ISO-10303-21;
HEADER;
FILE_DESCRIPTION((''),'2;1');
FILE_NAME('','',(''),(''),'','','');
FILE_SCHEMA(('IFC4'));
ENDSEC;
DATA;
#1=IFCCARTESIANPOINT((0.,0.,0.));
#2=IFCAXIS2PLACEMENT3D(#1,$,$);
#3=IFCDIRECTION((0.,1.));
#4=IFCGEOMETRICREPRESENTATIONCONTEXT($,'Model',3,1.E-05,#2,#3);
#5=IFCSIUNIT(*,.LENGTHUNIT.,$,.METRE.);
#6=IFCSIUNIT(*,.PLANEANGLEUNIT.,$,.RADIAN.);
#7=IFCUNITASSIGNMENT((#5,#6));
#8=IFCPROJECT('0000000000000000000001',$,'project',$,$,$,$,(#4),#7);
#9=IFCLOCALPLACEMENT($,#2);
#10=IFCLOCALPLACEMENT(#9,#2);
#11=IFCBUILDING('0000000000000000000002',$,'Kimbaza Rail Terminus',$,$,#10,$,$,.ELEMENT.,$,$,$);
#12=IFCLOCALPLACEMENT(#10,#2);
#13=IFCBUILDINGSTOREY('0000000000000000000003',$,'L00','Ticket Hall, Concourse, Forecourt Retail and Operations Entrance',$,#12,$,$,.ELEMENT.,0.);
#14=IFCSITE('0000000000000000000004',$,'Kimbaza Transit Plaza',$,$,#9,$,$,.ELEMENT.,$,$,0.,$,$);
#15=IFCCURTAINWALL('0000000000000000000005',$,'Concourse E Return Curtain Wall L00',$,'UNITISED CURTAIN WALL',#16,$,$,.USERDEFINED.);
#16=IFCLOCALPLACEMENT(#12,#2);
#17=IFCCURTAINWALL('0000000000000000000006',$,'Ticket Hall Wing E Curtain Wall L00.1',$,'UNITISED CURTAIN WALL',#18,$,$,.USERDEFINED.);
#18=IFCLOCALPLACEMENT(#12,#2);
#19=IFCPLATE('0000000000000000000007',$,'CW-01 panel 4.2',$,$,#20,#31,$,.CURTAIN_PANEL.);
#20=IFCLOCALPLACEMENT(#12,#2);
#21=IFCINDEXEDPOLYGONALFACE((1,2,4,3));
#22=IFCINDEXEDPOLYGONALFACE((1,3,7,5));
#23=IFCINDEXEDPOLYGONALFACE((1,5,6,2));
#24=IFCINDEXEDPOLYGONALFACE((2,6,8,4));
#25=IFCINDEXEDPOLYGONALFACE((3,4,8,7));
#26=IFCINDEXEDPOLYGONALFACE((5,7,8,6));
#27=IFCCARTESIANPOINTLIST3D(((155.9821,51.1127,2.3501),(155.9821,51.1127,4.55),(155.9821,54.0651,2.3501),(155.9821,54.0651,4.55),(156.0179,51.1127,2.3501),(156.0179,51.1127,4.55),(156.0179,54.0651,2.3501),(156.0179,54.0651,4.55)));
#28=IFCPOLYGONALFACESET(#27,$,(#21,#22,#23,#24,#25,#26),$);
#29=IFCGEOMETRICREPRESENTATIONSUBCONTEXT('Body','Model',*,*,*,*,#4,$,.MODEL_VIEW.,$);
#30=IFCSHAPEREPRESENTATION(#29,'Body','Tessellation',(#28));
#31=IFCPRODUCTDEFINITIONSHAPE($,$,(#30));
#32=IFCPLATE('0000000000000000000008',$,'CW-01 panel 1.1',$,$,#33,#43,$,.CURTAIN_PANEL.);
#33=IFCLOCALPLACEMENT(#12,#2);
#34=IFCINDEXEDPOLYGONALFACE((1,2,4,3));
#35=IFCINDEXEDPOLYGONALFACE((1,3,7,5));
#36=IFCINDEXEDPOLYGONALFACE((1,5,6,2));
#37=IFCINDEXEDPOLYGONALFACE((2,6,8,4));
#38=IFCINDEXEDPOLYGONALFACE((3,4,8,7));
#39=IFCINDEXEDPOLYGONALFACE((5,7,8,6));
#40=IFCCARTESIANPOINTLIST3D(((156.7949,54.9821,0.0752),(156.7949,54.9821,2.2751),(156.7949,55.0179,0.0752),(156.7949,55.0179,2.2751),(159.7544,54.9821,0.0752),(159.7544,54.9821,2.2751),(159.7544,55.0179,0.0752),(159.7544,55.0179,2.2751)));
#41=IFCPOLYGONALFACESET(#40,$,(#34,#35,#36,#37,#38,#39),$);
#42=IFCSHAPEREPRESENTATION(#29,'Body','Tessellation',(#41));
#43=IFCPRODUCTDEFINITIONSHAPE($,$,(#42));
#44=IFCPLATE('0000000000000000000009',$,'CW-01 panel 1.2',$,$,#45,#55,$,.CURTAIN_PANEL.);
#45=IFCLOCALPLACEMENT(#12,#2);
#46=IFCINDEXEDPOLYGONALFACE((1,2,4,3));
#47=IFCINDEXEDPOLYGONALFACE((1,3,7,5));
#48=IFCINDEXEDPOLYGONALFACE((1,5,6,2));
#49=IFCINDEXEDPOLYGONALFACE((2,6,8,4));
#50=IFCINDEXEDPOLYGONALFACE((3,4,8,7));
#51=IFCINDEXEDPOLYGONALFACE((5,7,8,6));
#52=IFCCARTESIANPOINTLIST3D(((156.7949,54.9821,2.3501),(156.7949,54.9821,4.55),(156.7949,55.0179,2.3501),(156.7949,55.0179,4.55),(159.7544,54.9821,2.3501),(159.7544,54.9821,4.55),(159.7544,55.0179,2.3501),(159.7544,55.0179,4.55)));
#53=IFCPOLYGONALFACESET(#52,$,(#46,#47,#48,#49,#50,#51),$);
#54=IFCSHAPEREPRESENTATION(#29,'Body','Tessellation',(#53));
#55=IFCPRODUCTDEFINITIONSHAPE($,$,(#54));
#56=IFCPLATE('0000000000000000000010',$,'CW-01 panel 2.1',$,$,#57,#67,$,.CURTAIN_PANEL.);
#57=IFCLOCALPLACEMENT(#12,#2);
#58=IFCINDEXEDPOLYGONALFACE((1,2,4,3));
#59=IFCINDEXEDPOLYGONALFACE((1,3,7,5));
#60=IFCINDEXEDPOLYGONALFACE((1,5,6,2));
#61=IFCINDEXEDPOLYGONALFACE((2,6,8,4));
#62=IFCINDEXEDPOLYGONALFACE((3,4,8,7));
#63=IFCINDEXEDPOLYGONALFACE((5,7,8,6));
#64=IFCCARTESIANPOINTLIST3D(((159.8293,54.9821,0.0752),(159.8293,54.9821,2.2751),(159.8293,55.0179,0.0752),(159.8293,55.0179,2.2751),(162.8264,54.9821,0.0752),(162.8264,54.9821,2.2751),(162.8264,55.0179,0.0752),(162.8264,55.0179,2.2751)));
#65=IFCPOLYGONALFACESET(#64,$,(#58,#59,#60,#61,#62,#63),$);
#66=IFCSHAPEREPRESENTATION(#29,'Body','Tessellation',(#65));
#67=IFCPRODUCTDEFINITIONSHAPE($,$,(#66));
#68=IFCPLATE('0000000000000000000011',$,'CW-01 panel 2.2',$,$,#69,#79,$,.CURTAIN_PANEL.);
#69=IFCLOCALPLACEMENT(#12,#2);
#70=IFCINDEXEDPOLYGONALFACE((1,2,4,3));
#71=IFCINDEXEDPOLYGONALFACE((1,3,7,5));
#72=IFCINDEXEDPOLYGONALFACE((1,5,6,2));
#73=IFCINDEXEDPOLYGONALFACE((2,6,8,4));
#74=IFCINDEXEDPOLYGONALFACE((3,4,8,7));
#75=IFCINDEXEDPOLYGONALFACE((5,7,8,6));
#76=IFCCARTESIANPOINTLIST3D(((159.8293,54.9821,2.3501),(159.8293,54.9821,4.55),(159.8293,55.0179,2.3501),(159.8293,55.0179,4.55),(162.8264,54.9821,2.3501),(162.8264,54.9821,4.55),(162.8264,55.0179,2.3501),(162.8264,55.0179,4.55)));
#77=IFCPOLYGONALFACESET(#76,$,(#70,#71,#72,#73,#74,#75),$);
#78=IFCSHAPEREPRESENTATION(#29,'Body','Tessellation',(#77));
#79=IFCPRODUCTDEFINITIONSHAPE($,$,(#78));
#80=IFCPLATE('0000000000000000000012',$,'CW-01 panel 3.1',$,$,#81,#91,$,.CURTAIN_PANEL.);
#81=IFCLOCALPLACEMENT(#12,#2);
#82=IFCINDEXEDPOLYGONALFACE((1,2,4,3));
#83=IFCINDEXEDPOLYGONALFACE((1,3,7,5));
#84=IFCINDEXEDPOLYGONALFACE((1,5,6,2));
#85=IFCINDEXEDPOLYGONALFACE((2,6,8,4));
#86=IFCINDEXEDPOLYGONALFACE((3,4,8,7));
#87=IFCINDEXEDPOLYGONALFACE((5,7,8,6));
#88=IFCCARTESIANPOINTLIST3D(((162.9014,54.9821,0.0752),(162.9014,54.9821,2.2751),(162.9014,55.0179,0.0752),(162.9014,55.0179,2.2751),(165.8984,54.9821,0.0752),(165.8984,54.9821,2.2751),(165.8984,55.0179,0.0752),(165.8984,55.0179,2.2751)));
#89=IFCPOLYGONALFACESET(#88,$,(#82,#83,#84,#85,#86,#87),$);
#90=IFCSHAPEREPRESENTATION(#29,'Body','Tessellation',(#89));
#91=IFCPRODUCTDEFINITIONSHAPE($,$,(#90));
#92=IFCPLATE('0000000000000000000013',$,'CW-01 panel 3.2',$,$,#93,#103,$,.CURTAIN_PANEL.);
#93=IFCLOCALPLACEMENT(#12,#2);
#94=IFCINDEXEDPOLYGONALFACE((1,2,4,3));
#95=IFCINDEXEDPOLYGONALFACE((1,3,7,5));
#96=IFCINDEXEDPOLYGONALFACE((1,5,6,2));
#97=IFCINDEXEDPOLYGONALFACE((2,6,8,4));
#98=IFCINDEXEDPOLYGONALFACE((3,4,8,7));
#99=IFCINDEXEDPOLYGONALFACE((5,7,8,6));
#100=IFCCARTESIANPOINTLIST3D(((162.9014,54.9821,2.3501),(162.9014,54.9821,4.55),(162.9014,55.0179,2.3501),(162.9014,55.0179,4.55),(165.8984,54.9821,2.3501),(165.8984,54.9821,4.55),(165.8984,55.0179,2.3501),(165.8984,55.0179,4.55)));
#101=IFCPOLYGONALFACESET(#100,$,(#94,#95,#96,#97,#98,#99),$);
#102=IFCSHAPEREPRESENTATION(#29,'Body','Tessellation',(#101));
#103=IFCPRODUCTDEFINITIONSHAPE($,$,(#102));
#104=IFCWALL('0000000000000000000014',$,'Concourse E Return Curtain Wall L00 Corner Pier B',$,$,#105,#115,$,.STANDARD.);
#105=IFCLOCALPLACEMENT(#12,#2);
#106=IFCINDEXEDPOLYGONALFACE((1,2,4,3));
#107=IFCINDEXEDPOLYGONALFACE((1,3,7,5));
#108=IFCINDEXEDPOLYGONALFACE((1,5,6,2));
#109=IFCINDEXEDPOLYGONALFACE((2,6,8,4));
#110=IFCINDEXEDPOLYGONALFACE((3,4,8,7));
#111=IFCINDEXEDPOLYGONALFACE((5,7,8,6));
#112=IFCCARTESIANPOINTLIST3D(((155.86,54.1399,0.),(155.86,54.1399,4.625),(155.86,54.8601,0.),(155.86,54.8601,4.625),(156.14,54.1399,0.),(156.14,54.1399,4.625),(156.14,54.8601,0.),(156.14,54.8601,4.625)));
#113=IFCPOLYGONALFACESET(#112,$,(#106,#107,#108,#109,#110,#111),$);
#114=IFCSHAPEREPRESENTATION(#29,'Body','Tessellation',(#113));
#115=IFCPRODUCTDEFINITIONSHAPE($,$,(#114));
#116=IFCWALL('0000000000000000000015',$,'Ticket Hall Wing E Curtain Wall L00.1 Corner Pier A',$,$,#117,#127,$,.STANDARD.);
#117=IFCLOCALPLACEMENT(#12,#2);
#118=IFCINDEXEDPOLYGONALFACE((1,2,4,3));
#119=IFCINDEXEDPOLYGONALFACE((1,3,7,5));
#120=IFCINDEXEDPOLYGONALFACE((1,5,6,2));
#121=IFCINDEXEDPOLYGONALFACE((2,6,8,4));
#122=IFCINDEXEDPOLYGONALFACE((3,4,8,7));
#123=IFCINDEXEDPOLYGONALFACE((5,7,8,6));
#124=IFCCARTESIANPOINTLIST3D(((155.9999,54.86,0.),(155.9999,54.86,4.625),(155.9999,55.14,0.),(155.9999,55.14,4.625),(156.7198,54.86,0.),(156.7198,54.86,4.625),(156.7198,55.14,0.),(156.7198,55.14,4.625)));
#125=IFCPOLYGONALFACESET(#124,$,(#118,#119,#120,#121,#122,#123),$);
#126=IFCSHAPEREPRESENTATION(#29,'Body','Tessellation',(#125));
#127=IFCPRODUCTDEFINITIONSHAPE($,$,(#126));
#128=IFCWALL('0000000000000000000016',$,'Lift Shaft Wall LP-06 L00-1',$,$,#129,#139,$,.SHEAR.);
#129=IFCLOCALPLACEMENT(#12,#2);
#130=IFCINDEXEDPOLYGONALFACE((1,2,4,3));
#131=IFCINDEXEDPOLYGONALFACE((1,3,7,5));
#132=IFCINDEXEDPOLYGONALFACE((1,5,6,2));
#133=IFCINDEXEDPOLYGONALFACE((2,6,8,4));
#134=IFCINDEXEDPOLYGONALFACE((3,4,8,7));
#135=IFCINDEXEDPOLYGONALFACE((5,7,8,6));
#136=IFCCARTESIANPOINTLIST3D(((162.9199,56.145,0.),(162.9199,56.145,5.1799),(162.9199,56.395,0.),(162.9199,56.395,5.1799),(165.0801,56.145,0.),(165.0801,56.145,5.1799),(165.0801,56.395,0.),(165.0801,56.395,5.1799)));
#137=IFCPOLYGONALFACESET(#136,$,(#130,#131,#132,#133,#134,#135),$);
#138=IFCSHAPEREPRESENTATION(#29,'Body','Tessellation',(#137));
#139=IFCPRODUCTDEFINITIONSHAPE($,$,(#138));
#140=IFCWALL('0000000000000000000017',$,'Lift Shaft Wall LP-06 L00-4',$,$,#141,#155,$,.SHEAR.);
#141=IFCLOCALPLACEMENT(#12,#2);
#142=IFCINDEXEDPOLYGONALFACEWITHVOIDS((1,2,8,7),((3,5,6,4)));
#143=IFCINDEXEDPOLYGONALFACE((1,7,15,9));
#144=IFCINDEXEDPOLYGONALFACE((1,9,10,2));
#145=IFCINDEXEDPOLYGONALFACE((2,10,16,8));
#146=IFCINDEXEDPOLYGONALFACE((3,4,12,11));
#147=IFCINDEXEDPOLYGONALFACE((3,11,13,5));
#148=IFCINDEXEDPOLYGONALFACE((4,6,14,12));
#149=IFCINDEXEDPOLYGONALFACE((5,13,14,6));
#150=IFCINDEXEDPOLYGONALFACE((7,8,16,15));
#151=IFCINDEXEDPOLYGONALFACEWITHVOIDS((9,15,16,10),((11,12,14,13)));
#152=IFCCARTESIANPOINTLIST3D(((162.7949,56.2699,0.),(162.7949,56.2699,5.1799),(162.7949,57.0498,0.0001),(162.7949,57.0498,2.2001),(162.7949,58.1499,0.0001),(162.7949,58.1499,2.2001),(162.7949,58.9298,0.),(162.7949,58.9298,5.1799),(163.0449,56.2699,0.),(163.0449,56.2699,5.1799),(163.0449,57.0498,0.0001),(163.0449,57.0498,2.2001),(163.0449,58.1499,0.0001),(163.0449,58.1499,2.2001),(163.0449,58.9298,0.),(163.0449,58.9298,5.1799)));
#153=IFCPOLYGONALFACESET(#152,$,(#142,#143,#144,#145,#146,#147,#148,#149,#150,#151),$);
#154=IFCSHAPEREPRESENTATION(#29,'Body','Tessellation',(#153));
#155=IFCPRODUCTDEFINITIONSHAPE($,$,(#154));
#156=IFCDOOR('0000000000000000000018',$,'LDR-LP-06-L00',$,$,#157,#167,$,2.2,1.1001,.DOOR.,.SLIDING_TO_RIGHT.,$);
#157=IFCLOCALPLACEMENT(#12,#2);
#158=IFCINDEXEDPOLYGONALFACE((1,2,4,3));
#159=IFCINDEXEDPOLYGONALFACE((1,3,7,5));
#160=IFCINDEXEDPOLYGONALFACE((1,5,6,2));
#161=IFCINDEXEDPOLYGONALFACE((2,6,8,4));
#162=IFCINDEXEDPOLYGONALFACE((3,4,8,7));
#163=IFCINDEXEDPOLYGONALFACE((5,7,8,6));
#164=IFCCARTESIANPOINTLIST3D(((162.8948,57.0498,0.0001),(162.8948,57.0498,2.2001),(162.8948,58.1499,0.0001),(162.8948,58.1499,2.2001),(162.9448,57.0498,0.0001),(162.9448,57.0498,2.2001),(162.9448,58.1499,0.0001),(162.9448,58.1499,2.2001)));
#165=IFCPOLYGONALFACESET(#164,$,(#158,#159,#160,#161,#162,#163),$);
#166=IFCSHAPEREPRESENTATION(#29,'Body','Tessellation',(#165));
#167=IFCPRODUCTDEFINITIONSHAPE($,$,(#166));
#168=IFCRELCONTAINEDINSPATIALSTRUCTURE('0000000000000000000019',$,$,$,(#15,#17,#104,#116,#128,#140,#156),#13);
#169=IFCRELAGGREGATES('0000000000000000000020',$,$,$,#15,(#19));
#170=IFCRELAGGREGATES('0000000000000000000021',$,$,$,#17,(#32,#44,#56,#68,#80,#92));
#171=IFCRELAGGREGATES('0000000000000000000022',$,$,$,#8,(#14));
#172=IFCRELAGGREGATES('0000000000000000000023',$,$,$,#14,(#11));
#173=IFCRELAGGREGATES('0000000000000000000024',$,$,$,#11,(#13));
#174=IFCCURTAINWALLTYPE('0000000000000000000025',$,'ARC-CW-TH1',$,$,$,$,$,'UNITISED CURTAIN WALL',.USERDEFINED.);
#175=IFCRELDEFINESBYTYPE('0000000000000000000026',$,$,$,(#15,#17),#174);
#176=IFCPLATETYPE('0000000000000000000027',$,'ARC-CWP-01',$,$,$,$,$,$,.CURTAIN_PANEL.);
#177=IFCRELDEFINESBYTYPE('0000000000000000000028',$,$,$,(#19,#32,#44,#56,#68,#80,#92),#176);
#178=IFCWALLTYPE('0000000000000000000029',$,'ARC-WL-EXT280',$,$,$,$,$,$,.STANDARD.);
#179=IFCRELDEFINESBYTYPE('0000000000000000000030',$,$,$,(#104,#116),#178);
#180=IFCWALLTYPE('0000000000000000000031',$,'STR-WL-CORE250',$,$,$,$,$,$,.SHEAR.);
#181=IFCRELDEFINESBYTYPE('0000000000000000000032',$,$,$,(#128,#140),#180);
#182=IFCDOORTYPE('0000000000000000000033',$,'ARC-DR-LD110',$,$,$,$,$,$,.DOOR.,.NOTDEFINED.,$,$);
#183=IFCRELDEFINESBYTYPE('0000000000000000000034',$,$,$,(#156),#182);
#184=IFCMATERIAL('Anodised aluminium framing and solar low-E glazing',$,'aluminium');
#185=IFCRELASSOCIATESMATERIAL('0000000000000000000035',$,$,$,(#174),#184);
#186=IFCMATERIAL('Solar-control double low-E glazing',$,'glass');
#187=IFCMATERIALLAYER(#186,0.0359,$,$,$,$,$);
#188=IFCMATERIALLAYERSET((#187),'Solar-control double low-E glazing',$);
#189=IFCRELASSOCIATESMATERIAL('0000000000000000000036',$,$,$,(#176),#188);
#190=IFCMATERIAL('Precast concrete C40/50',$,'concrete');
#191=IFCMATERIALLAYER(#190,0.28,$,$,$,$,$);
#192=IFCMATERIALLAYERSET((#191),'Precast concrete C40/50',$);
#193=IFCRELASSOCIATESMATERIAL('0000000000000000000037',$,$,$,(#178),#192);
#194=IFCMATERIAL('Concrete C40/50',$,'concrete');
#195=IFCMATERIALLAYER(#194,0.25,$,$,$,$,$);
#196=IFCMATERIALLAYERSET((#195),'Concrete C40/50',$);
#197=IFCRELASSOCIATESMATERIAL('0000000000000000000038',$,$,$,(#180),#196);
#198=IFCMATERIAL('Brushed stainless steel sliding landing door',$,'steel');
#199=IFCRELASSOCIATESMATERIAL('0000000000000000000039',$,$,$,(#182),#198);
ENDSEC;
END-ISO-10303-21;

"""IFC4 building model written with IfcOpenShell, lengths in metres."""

from ifc_helpers import new_model, si_unit, direction, frame, frame_2d, origin, origin_2d, place, context, subcontext, project, spatial, rectangle, extrude, material, layer, layer_set, type_object, element, fill, aggregate, save


model = new_model("IFC4")

# Units and contexts
model_context = context("Model", 3, precision=1e-05, world=origin(), true_north=direction((0.0, 1.0)))
body_context = subcontext(model_context, "Body", "Model", "MODEL_VIEW")
ifc_project = project(units=[si_unit("LENGTHUNIT", "METRE"), si_unit("PLANEANGLEUNIT", "RADIAN")], contexts=[model_context])

# Site, building, storey
site_placement = place(None, origin())
site = spatial("IfcSite", under=ifc_project, at=site_placement, Name="Kimbaza Transit Plaza", CompositionType="ELEMENT", RefElevation=0.0)
building_placement = place(site_placement, origin())
building = spatial("IfcBuilding", under=site, at=building_placement, Name="Kimbaza Rail Terminus", CompositionType="ELEMENT")
storey_placement = place(building_placement, origin())
storey = spatial("IfcBuildingStorey", under=building, at=storey_placement, Name="L00", Description="Ticket Hall, Concourse, Forecourt Retail and Operations Entrance", CompositionType="ELEMENT", Elevation=0.0)

# Curtain wall
ifc_material_1 = material(Name="Anodised aluminium framing and solar low-E glazing", Category="aluminium")
curtain_wall_type = type_object("IfcCurtainWallType", Name="ARC-CW-TH1", ElementType="UNITISED CURTAIN WALL", PredefinedType="USERDEFINED", material=ifc_material_1)
curtain_wall_1_placement = place(storey_placement, origin())
curtain_wall_1 = element("IfcCurtainWall", 1, at=curtain_wall_1_placement, inside=storey, type_object=curtain_wall_type, Name="Concourse E Return Curtain Wall L00", ObjectType="UNITISED CURTAIN WALL", PredefinedType="USERDEFINED")

# Curtain wall
curtain_wall_2_placement = place(storey_placement, origin())
curtain_wall_2 = element("IfcCurtainWall", 2, at=curtain_wall_2_placement, inside=storey, type_object=curtain_wall_type, Name="Ticket Hall Wing E Curtain Wall L00.1", ObjectType="UNITISED CURTAIN WALL", PredefinedType="USERDEFINED")

# Plates
ifc_material_2 = material(Name="Solar-control double low-E glazing", Category="glass")
ifc_layer_1 = layer(ifc_material_2, 0.0359)
ifc_layer_set_1 = layer_set([ifc_layer_1], Name="Solar-control double low-E glazing")
plate_type = type_object("IfcPlateType", Name="ARC-CWP-01", PredefinedType="CURTAIN_PANEL", material=ifc_layer_set_1)
plate_1_placement = place(storey_placement, frame((156.0, 52.5889, 2.3501), z_axis=(0.0, 0.0, 1.0), x_axis=(0.0, 1.0, 0.0)))
plate_1 = element("IfcPlate", 3, at=plate_1_placement, type_object=plate_type, Name="CW-01 panel 4.2", PredefinedType="CURTAIN_PANEL", context=body_context, shape_type="SweptSolid", body=[
    extrude(rectangle(XDim=2.9524, YDim=0.0359, at=origin_2d()), origin(), (0.0, 0.0, 1.0), 2.2),
])
aggregate(curtain_wall_1, [plate_1])
plate_2_placement = place(storey_placement, frame((158.2747, 55.0, 0.0752), z_axis=(0.0, 0.0, 1.0), x_axis=(1.0, 0.0, 0.0)))
plate_2 = element("IfcPlate", 4, at=plate_2_placement, type_object=plate_type, Name="CW-01 panel 1.1", PredefinedType="CURTAIN_PANEL", context=body_context, shape_type="SweptSolid", body=[
    extrude(rectangle(XDim=2.9595, YDim=0.0359, at=origin_2d()), origin(), (0.0, 0.0, 1.0), 2.2),
])
plate_3_placement = place(storey_placement, frame((158.2747, 55.0, 2.3501), z_axis=(0.0, 0.0, 1.0), x_axis=(1.0, 0.0, 0.0)))
plate_3 = element("IfcPlate", 5, at=plate_3_placement, type_object=plate_type, Name="CW-01 panel 1.2", PredefinedType="CURTAIN_PANEL", context=body_context, shape_type="SweptSolid", body=[
    extrude(rectangle(XDim=2.9595, YDim=0.0359, at=origin_2d()), origin(), (0.0, 0.0, 1.0), 2.2),
])
plate_4_placement = place(storey_placement, frame((161.3279, 55.0, 0.0752), z_axis=(0.0, 0.0, 1.0), x_axis=(1.0, 0.0, 0.0)))
plate_4 = element("IfcPlate", 6, at=plate_4_placement, type_object=plate_type, Name="CW-01 panel 2.1", PredefinedType="CURTAIN_PANEL", context=body_context, shape_type="SweptSolid", body=[
    extrude(rectangle(XDim=2.9971, YDim=0.0359, at=origin_2d()), origin(), (0.0, 0.0, 1.0), 2.2),
])
plate_5_placement = place(storey_placement, frame((161.3279, 55.0, 2.3501), z_axis=(0.0, 0.0, 1.0), x_axis=(1.0, 0.0, 0.0)))
plate_5 = element("IfcPlate", 7, at=plate_5_placement, type_object=plate_type, Name="CW-01 panel 2.2", PredefinedType="CURTAIN_PANEL", context=body_context, shape_type="SweptSolid", body=[
    extrude(rectangle(XDim=2.9971, YDim=0.0359, at=origin_2d()), origin(), (0.0, 0.0, 1.0), 2.2),
])
plate_6_placement = place(storey_placement, frame((164.3999, 55.0, 0.0752), z_axis=(0.0, 0.0, 1.0), x_axis=(1.0, 0.0, 0.0)))
plate_6 = element("IfcPlate", 8, at=plate_6_placement, type_object=plate_type, Name="CW-01 panel 3.1", PredefinedType="CURTAIN_PANEL", context=body_context, shape_type="SweptSolid", body=[
    extrude(rectangle(XDim=2.9971, YDim=0.0359, at=origin_2d()), origin(), (0.0, 0.0, 1.0), 2.2),
])
plate_7_placement = place(storey_placement, frame((164.3999, 55.0, 2.3501), z_axis=(0.0, 0.0, 1.0), x_axis=(1.0, 0.0, 0.0)))
plate_7 = element("IfcPlate", 9, at=plate_7_placement, type_object=plate_type, Name="CW-01 panel 3.2", PredefinedType="CURTAIN_PANEL", context=body_context, shape_type="SweptSolid", body=[
    extrude(rectangle(XDim=2.9971, YDim=0.0359, at=origin_2d()), origin(), (0.0, 0.0, 1.0), 2.2),
])
aggregate(curtain_wall_2, [plate_2, plate_3, plate_4, plate_5, plate_6, plate_7])

# Walls
ifc_material_3 = material(Name="Precast concrete C40/50", Category="concrete")
ifc_layer_2 = layer(ifc_material_3, 0.28)
ifc_layer_set_2 = layer_set([ifc_layer_2], Name="Precast concrete C40/50")
wall_type_1 = type_object("IfcWallType", Name="ARC-WL-EXT280", PredefinedType="STANDARD", material=ifc_layer_set_2)
wall_1_placement = place(storey_placement, frame((156.0, 54.1399, 0.0), z_axis=(0.0, 0.0, 1.0), x_axis=(0.0, 1.0, 0.0)))
element("IfcWall", 10, at=wall_1_placement, inside=storey, type_object=wall_type_1, Name="Concourse E Return Curtain Wall L00 Corner Pier B", PredefinedType="STANDARD", context=body_context, shape_type="SweptSolid", body=[
    extrude(rectangle(XDim=0.7202, YDim=0.28, at=frame_2d((0.3601, 0.0))), origin(), (0.0, 0.0, 1.0), 4.625),
])
wall_2_placement = place(storey_placement, frame((156.0, 55.0, 0.0), z_axis=(0.0, 0.0, 1.0), x_axis=(1.0, 0.0, 0.0)))
element("IfcWall", 11, at=wall_2_placement, inside=storey, type_object=wall_type_1, Name="Ticket Hall Wing E Curtain Wall L00.1 Corner Pier A", PredefinedType="STANDARD", context=body_context, shape_type="SweptSolid", body=[
    extrude(rectangle(XDim=0.72, YDim=0.28, at=frame_2d((0.3599, 0.0))), origin(), (0.0, 0.0, 1.0), 4.625),
])
ifc_material_4 = material(Name="Concrete C40/50", Category="concrete")
ifc_layer_3 = layer(ifc_material_4, 0.25)
ifc_layer_set_3 = layer_set([ifc_layer_3], Name="Concrete C40/50")
wall_type_2 = type_object("IfcWallType", Name="STR-WL-CORE250", PredefinedType="SHEAR", material=ifc_layer_set_3)
wall_3_placement = place(storey_placement, frame((162.9199, 56.27, 0.0), z_axis=(0.0, 0.0, 1.0), x_axis=(1.0, 0.0, 0.0)))
element("IfcWall", 12, at=wall_3_placement, inside=storey, type_object=wall_type_2, Name="Lift Shaft Wall LP-06 L00-1", PredefinedType="SHEAR", context=body_context, shape_type="SweptSolid", body=[
    extrude(rectangle(XDim=2.1602, YDim=0.25, at=frame_2d((1.0801, 0.0))), origin(), (0.0, 0.0, 1.0), 5.1799),
])

# Wall, opening, door
wall_4_placement = place(storey_placement, frame((162.9199, 58.9299, 0.0), z_axis=(0.0, 0.0, 1.0), x_axis=(0.0, -1.0, 0.0)))
wall_4 = element("IfcWall", 13, at=wall_4_placement, inside=storey, type_object=wall_type_2, Name="Lift Shaft Wall LP-06 L00-4", PredefinedType="SHEAR", context=body_context, shape_type="SweptSolid", body=[
    extrude(rectangle(XDim=2.6599, YDim=0.25, at=frame_2d((1.3301, 0.0))), origin(), (0.0, 0.0, 1.0), 5.1799),
])
opening_placement = place(wall_4_placement, frame((0.78, 0.0, 0.0)))
opening = element("IfcOpeningElement", 14, at=opening_placement, cuts=wall_4, PredefinedType="OPENING", context=body_context, shape_type="SweptSolid", body=[
    extrude(rectangle(XDim=1.1001, YDim=2.2, at=frame_2d((0.55, 1.1001))), frame((0.0, 0.135, 0.0), z_axis=(0.0, -1.0, 0.0), x_axis=(1.0, 0.0, 0.0)), (0.0, 0.0, 1.0), 0.27),
])
ifc_material_5 = material(Name="Brushed stainless steel sliding landing door", Category="steel")
door_type = type_object("IfcDoorType", Name="ARC-DR-LD110", OperationType="NOTDEFINED", PredefinedType="DOOR", material=ifc_material_5)
door_placement = place(opening_placement, origin())
door = element("IfcDoor", 15, at=door_placement, inside=storey, type_object=door_type, Name="LDR-LP-06-L00", OperationType="SLIDING_TO_RIGHT", OverallHeight=2.2, OverallWidth=1.1001, PredefinedType="DOOR", context=body_context, shape_type="SweptSolid", body=[
    extrude(rectangle(XDim=1.1001, YDim=2.2, at=frame_2d((0.55, 1.1001))), frame((0.0, 0.0249, 0.0), z_axis=(0.0, -1.0, 0.0), x_axis=(1.0, 0.0, 0.0)), (0.0, 0.0, 1.0), 0.05),
])
fill(opening, door)

save(model, "model.ifc")
